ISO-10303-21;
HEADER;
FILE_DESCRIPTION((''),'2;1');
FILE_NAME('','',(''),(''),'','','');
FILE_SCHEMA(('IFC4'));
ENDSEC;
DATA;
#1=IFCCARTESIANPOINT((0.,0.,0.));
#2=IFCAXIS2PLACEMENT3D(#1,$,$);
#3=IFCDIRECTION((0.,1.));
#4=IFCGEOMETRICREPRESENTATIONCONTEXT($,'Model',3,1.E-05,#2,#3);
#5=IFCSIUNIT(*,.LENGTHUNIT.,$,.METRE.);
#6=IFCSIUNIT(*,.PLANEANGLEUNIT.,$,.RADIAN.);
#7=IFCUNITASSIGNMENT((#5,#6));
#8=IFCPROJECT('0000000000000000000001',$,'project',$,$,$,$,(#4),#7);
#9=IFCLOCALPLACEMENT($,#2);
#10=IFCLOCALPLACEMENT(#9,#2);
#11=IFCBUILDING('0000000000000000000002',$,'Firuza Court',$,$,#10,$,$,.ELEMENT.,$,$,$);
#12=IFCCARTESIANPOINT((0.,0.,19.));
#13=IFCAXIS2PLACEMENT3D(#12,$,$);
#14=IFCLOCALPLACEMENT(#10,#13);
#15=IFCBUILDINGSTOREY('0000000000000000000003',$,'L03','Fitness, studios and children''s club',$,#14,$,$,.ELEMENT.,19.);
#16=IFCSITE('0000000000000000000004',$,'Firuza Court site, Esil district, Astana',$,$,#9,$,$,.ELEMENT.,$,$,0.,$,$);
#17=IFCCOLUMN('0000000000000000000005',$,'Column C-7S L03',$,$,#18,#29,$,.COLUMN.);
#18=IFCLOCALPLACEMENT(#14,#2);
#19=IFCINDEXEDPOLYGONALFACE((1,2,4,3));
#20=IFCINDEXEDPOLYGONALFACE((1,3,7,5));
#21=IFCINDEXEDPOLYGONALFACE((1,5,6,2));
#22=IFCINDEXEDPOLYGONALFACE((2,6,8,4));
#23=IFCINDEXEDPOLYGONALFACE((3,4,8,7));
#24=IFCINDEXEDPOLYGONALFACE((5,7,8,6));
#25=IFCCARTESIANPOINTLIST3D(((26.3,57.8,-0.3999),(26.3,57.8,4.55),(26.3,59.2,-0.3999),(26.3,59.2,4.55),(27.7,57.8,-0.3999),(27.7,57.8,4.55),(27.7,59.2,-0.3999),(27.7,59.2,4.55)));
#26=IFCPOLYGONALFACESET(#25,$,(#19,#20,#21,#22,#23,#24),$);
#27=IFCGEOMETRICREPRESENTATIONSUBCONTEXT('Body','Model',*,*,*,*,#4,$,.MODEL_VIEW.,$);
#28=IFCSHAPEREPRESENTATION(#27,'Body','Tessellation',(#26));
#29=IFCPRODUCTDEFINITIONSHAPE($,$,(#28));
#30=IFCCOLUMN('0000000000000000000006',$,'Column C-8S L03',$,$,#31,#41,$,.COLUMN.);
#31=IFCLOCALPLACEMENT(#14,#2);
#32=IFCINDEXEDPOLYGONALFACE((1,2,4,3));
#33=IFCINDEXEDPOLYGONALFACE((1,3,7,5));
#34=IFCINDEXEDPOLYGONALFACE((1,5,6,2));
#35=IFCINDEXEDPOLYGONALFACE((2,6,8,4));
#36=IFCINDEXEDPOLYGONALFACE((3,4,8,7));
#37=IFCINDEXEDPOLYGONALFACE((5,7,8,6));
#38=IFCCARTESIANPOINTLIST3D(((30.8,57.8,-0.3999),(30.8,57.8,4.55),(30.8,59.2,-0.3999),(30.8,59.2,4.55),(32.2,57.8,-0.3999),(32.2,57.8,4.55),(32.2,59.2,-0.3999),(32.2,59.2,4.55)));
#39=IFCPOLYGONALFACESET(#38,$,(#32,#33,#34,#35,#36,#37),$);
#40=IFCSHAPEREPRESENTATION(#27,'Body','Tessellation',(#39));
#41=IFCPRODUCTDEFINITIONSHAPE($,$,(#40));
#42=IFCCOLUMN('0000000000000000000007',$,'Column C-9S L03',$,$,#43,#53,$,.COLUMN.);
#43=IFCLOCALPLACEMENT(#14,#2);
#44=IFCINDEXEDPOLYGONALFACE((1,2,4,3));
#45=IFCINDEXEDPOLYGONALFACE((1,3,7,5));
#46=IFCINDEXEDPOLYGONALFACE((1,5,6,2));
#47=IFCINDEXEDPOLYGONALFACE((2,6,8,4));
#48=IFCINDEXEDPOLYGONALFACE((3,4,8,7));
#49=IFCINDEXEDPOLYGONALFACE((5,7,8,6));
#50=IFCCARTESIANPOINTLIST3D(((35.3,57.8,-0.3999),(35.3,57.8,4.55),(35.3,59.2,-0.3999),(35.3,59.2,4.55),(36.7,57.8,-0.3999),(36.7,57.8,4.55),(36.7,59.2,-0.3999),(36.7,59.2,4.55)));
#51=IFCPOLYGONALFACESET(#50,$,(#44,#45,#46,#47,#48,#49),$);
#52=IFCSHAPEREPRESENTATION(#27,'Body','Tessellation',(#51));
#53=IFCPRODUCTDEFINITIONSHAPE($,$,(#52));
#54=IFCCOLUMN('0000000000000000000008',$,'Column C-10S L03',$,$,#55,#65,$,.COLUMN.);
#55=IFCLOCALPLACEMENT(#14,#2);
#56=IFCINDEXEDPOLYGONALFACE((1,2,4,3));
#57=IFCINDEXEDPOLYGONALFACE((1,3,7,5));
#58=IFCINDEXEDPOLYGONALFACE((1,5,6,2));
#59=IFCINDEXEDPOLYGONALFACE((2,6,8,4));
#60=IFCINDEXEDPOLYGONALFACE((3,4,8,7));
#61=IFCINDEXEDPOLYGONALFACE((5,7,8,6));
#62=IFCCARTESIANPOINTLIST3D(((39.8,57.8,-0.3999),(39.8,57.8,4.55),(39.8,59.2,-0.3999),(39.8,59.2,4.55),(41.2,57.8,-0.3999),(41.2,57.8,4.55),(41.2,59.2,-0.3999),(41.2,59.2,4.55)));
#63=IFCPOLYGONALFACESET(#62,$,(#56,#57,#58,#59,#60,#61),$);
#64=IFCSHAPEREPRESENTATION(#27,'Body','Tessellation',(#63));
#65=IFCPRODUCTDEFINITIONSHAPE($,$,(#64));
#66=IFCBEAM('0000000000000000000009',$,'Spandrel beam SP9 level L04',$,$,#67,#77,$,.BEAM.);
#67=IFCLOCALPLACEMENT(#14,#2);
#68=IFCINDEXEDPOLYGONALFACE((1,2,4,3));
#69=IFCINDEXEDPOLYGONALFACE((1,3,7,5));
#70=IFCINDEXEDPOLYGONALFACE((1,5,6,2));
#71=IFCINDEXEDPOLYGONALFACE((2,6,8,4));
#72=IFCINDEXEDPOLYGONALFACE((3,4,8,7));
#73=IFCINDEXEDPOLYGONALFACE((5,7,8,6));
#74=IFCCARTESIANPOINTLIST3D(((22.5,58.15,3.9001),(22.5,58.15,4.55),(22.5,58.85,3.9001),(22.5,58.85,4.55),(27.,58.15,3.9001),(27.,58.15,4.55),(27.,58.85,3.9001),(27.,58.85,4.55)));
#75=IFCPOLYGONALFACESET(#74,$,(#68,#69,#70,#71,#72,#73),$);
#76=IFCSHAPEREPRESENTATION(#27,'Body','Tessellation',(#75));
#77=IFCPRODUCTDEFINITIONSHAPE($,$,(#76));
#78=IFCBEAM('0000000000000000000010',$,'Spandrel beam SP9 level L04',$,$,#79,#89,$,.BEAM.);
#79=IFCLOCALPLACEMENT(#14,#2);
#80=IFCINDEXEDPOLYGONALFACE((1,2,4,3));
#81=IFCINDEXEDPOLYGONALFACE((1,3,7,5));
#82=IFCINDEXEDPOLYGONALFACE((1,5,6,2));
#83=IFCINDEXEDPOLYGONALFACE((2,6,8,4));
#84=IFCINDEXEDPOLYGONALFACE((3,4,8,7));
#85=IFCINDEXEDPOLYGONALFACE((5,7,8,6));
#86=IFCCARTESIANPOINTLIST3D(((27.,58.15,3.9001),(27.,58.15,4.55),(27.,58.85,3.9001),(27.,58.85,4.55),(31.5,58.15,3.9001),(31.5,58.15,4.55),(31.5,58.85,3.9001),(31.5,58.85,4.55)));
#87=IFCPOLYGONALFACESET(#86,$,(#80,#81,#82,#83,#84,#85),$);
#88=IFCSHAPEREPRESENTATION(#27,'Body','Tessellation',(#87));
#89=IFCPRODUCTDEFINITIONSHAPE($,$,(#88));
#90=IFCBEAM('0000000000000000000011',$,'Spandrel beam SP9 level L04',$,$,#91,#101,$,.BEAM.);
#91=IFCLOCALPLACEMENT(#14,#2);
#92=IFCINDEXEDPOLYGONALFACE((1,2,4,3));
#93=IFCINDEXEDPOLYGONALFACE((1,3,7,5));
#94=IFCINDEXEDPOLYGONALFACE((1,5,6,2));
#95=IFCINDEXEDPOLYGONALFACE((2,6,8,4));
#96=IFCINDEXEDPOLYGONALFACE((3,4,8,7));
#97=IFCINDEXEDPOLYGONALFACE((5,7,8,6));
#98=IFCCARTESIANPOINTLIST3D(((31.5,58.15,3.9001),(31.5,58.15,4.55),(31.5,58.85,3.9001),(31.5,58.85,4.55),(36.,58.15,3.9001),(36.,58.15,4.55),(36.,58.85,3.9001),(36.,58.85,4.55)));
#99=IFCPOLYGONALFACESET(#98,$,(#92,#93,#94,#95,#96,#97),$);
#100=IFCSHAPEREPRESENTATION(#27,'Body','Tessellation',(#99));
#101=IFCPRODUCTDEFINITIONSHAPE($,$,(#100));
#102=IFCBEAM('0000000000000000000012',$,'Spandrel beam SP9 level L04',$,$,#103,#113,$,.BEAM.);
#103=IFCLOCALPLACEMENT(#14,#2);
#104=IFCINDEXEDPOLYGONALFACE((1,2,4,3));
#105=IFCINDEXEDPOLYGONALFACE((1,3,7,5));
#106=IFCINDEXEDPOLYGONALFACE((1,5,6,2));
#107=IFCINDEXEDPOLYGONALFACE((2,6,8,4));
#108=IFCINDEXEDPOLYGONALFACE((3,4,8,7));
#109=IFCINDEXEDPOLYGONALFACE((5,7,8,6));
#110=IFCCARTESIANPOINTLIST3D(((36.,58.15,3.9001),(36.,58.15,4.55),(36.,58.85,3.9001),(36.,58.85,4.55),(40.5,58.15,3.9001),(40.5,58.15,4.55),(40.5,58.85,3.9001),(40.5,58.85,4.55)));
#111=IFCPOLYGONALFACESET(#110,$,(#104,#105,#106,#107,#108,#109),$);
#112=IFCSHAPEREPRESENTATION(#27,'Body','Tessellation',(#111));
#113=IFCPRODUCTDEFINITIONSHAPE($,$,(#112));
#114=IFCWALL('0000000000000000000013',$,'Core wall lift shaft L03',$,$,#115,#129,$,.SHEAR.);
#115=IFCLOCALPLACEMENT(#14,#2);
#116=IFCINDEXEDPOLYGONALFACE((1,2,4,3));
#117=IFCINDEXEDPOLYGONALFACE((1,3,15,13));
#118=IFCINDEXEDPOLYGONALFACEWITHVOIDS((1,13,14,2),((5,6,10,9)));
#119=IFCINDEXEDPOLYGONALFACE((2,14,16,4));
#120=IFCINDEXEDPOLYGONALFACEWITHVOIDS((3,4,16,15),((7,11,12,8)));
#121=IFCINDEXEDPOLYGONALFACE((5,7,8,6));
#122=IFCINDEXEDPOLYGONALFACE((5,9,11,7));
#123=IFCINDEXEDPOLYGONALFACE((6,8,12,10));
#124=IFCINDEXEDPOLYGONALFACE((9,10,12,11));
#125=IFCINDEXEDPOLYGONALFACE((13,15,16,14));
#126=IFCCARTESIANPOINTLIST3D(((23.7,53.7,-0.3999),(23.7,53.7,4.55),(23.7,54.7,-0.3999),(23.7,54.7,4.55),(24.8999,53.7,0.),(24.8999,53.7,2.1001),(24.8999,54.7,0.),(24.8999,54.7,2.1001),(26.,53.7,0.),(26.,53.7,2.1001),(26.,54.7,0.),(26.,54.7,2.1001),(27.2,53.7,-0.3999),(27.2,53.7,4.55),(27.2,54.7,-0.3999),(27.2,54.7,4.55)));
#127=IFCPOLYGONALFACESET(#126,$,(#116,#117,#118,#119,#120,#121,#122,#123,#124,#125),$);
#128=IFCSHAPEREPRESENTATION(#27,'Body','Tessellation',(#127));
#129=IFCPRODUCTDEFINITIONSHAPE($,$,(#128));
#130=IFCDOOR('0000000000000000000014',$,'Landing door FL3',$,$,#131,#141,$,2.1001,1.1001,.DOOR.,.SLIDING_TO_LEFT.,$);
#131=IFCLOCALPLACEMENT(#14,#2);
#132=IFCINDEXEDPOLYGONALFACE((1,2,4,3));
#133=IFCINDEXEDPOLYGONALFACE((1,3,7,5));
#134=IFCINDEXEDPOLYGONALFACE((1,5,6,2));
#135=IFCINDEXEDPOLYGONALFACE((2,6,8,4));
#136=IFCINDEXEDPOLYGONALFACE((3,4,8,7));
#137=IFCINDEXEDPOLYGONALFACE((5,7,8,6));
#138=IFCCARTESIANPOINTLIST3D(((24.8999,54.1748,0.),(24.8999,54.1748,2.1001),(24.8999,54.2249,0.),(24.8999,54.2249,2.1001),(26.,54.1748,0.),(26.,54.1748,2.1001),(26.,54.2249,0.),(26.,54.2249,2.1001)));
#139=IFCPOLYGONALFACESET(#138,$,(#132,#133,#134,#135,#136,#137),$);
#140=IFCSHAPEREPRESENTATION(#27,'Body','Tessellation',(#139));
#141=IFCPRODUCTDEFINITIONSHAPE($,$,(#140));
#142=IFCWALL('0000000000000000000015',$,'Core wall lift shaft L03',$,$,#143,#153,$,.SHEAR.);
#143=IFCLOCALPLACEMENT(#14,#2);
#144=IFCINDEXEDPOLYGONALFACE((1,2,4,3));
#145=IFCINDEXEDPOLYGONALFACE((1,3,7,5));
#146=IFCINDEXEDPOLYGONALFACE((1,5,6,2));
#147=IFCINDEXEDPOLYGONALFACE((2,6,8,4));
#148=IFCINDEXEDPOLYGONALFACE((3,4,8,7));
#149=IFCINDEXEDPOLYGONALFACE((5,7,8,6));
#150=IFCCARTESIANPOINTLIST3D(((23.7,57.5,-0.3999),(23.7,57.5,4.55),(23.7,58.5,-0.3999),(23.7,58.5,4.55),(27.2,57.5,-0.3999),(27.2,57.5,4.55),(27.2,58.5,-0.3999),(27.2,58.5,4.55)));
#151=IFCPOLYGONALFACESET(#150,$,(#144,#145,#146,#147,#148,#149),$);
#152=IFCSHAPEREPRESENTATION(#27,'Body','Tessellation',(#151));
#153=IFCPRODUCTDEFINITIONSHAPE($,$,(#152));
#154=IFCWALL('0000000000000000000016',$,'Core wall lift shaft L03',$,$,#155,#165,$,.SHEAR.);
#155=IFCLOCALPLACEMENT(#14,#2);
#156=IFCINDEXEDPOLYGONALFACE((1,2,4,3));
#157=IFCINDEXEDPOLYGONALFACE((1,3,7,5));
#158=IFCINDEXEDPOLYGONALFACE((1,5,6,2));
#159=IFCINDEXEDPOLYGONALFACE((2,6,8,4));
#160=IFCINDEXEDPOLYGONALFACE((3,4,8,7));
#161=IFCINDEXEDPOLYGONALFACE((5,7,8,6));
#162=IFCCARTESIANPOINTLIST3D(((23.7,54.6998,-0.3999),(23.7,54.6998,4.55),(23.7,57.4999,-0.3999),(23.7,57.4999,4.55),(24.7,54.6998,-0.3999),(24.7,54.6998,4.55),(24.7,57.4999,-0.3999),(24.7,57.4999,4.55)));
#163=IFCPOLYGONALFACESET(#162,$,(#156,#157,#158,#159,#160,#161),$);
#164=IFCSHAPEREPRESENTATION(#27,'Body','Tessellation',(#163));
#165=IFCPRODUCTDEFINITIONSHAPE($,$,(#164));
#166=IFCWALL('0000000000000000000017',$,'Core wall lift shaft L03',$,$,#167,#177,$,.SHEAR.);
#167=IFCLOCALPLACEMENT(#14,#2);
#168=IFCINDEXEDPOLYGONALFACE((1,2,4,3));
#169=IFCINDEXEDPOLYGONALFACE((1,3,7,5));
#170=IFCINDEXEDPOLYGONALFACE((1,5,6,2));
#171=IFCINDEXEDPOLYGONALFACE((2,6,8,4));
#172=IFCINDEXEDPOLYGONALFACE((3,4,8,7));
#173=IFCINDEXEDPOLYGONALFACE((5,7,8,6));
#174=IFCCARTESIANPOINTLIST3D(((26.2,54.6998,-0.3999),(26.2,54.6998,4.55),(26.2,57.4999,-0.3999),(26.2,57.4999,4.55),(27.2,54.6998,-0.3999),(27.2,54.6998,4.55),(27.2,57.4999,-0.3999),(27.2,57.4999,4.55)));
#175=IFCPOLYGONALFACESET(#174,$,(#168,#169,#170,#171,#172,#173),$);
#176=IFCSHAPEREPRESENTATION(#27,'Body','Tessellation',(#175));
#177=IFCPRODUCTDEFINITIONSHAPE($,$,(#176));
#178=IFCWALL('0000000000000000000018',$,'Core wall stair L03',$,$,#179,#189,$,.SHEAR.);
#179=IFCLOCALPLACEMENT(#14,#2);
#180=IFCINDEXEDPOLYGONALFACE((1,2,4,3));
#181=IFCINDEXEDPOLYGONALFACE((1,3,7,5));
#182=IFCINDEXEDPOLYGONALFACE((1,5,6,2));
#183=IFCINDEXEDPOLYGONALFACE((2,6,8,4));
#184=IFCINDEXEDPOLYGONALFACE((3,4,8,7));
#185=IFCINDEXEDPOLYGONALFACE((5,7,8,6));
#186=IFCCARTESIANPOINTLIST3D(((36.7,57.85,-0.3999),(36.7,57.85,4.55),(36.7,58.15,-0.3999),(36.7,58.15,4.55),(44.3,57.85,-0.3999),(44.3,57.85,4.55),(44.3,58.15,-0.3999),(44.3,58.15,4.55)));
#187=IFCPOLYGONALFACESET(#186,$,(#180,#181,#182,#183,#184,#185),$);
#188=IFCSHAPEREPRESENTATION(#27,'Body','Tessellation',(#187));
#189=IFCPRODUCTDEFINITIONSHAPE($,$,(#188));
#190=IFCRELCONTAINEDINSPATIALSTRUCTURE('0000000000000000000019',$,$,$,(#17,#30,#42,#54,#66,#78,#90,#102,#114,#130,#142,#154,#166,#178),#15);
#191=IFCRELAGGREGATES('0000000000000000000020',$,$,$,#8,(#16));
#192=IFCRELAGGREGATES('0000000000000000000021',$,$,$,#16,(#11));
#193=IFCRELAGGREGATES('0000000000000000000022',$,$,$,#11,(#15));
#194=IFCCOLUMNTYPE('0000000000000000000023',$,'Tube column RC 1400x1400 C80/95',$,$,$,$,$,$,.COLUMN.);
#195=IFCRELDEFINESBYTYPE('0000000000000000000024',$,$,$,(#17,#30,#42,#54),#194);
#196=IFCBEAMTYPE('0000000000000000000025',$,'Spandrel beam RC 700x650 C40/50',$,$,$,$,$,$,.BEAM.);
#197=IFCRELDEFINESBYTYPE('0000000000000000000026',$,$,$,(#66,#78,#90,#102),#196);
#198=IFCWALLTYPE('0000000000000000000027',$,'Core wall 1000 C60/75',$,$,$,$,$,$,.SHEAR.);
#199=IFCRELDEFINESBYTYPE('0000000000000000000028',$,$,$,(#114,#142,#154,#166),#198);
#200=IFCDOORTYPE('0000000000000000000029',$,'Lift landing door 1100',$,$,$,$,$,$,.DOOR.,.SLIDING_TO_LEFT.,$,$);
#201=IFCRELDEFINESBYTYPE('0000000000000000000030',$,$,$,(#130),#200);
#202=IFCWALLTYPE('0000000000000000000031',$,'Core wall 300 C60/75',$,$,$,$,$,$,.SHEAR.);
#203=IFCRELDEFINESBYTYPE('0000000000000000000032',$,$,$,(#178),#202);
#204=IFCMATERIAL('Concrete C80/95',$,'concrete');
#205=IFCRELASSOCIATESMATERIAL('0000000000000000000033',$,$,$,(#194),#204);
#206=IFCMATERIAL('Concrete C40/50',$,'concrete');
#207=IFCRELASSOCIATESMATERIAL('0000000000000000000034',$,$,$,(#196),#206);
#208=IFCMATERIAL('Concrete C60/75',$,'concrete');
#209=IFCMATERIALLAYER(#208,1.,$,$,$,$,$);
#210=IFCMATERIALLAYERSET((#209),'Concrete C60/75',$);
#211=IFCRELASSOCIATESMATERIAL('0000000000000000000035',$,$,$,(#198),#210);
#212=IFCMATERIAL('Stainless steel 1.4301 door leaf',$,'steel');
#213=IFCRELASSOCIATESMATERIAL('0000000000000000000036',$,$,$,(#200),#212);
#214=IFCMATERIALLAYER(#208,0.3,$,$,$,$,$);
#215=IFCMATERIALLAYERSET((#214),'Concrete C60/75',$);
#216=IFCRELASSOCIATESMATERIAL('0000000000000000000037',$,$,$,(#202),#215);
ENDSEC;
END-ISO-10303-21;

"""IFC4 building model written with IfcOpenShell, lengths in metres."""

from ifc_helpers import new_model, si_unit, direction, frame, frame_2d, origin, origin_2d, place, context, subcontext, project, spatial, rectangle, extrude, material, layer, layer_set, material_profile, profile_set, type_object, element, fill, save


model = new_model("IFC4")

# Units and contexts
model_context = context("Model", 3, precision=1e-05, world=origin(), true_north=direction((0.0, 1.0)))
body_context = subcontext(model_context, "Body", "Model", "MODEL_VIEW")
ifc_project = project(units=[si_unit("LENGTHUNIT", "METRE"), si_unit("PLANEANGLEUNIT", "RADIAN")], contexts=[model_context])

# Site, building, storey
site_placement = place(None, origin())
site = spatial("IfcSite", under=ifc_project, at=site_placement, Name="Firuza Court site, Esil district, Astana", CompositionType="ELEMENT", RefElevation=0.0)
building_placement = place(site_placement, origin())
building = spatial("IfcBuilding", under=site, at=building_placement, Name="Firuza Court", CompositionType="ELEMENT")
storey_placement = place(building_placement, frame((0.0, 0.0, 19.0)))
storey = spatial("IfcBuildingStorey", under=building, at=storey_placement, Name="L03", Description="Fitness, studios and children's club", CompositionType="ELEMENT", Elevation=19.0)

# Columns
ifc_material_1 = material(Name="Concrete C80/95", Category="concrete")
ifc_material_profile_1 = material_profile(ifc_material_1, rectangle(XDim=1.3999, YDim=1.3999, at=origin_2d()), Name="RC 1400x1400")
ifc_profile_set_1 = profile_set([ifc_material_profile_1], Name="Concrete C80/95")
column_type = type_object("IfcColumnType", Name="Tube column RC 1400x1400 C80/95", PredefinedType="COLUMN", material=ifc_profile_set_1)
for number, where, z_axis, x_axis, name in (
    (1, (27.0, 58.5, -0.3999), (0.0, 0.0, 1.0), (1.0, 0.0, 0.0), "Column C-7S L03"),
    (2, (31.5, 58.5, -0.3999), (0.0, 0.0, 1.0), (1.0, 0.0, 0.0), "Column C-8S L03"),
    (3, (36.0, 58.5, -0.3999), (0.0, 0.0, 1.0), (1.0, 0.0, 0.0), "Column C-9S L03"),
    (4, (40.5, 58.5, -0.3999), (0.0, 0.0, 1.0), (1.0, 0.0, 0.0), "Column C-10S L03"),
):
    element("IfcColumn", number, at=place(storey_placement, frame(where, z_axis=z_axis, x_axis=x_axis)), inside=storey, type_object=column_type, Name=name, PredefinedType="COLUMN", context=body_context, shape_type="SweptSolid", body=[
        extrude(rectangle(XDim=1.3999, YDim=1.3999, at=origin_2d()), origin(), (0.0, 0.0, 1.0), 4.95),
    ])

# Beams
ifc_material_2 = material(Name="Concrete C40/50", Category="concrete")
ifc_material_profile_2 = material_profile(ifc_material_2, rectangle(XDim=0.7, YDim=0.6499, at=origin_2d()), Name="RC 700x650")
ifc_profile_set_2 = profile_set([ifc_material_profile_2], Name="Concrete C40/50")
beam_type = type_object("IfcBeamType", Name="Spandrel beam RC 700x650 C40/50", PredefinedType="BEAM", material=ifc_profile_set_2)
for number, where, z_axis, x_axis, name in (
    (5, (27.0, 58.5, 4.2251), (-1.0, 0.0, 0.0), (0.0, -1.0, 0.0), "Spandrel beam SP9 level L04"),
    (6, (31.5, 58.5, 4.2251), (-1.0, 0.0, 0.0), (0.0, -1.0, 0.0), "Spandrel beam SP9 level L04"),
    (7, (36.0, 58.5, 4.2251), (-1.0, 0.0, 0.0), (0.0, -1.0, 0.0), "Spandrel beam SP9 level L04"),
    (8, (40.5, 58.5, 4.2251), (-1.0, 0.0, 0.0), (0.0, -1.0, 0.0), "Spandrel beam SP9 level L04"),
):
    element("IfcBeam", number, at=place(storey_placement, frame(where, z_axis=z_axis, x_axis=x_axis)), inside=storey, type_object=beam_type, Name=name, PredefinedType="BEAM", context=body_context, shape_type="SweptSolid", body=[
        extrude(rectangle(XDim=0.7, YDim=0.6499, at=origin_2d()), origin(), (0.0, 0.0, 1.0), 4.5),
    ])

# Wall, opening, door
ifc_material_3 = material(Name="Concrete C60/75", Category="concrete")
ifc_layer_1 = layer(ifc_material_3, 1.0)
ifc_layer_set_1 = layer_set([ifc_layer_1], Name="Concrete C60/75")
wall_type_1 = type_object("IfcWallType", Name="Core wall 1000 C60/75", PredefinedType="SHEAR", material=ifc_layer_set_1)
wall_1_placement = place(storey_placement, frame((23.7, 54.2, -0.3999), z_axis=(0.0, 0.0, 1.0), x_axis=(1.0, 0.0, 0.0)))
wall_1 = element("IfcWall", 9, at=wall_1_placement, inside=storey, type_object=wall_type_1, Name="Core wall lift shaft L03", PredefinedType="SHEAR", context=body_context, shape_type="SweptSolid", body=[
    extrude(rectangle(XDim=3.5, YDim=1.0, at=frame_2d((1.75, 0.0))), origin(), (0.0, 0.0, 1.0), 4.95),
])
opening_1_placement = place(wall_1_placement, frame((1.2, 0.0, 0.3999)))
opening_1 = element("IfcOpeningElement", 10, at=opening_1_placement, cuts=wall_1, PredefinedType="OPENING", context=body_context, shape_type="SweptSolid", body=[
    extrude(rectangle(XDim=1.1001, YDim=2.1001, at=frame_2d((0.55, 1.05))), frame((0.0, 0.512, 0.0), z_axis=(0.0, -1.0, 0.0), x_axis=(1.0, 0.0, 0.0)), (0.0, 0.0, 1.0), 1.0239),
])
ifc_material_4 = material(Name="Stainless steel 1.4301 door leaf", Category="steel")
door_type_1 = type_object("IfcDoorType", Name="Lift landing door 1100", OperationType="SLIDING_TO_LEFT", PredefinedType="DOOR", material=ifc_material_4)
door_1_placement = place(opening_1_placement, origin())
door_1 = element("IfcDoor", 11, at=door_1_placement, inside=storey, type_object=door_type_1, Name="Landing door FL3", OperationType="SLIDING_TO_LEFT", OverallHeight=2.1001, OverallWidth=1.1001, PredefinedType="DOOR", context=body_context, shape_type="SweptSolid", body=[
    extrude(rectangle(XDim=1.1001, YDim=2.1001, at=frame_2d((0.55, 1.05))), frame((0.0, 0.0249, 0.0), z_axis=(0.0, -1.0, 0.0), x_axis=(1.0, 0.0, 0.0)), (0.0, 0.0, 1.0), 0.05),
])
fill(opening_1, door_1)

# Walls
wall_2_placement = place(storey_placement, frame((23.7, 58.0, -0.3999), z_axis=(0.0, 0.0, 1.0), x_axis=(1.0, 0.0, 0.0)))
element("IfcWall", 12, at=wall_2_placement, inside=storey, type_object=wall_type_1, Name="Core wall lift shaft L03", PredefinedType="SHEAR", context=body_context, shape_type="SweptSolid", body=[
    extrude(rectangle(XDim=3.5, YDim=1.0, at=frame_2d((1.75, 0.0))), origin(), (0.0, 0.0, 1.0), 4.95),
])
for number, where, z_axis, x_axis, name in (
    (13, (24.2, 54.7, -0.3999), (0.0, 0.0, 1.0), (0.0, 1.0, 0.0), "Core wall lift shaft L03"),
    (14, (26.7, 54.7, -0.3999), (0.0, 0.0, 1.0), (0.0, 1.0, 0.0), "Core wall lift shaft L03"),
):
    element("IfcWall", number, at=place(storey_placement, frame(where, z_axis=z_axis, x_axis=x_axis)), inside=storey, type_object=wall_type_1, Name=name, PredefinedType="SHEAR", context=body_context, shape_type="SweptSolid", body=[
        extrude(rectangle(XDim=2.8, YDim=1.0, at=frame_2d((1.3999, 0.0))), origin(), (0.0, 0.0, 1.0), 4.95),
    ])
ifc_layer_2 = layer(ifc_material_3, 0.3)
ifc_layer_set_2 = layer_set([ifc_layer_2], Name="Concrete C60/75")
wall_type_2 = type_object("IfcWallType", Name="Core wall 300 C60/75", PredefinedType="SHEAR", material=ifc_layer_set_2)
wall_3_placement = place(storey_placement, frame((36.7, 58.0, -0.3999), z_axis=(0.0, 0.0, 1.0), x_axis=(1.0, 0.0, 0.0)))
element("IfcWall", 15, at=wall_3_placement, inside=storey, type_object=wall_type_2, Name="Core wall stair L03", PredefinedType="SHEAR", context=body_context, shape_type="SweptSolid", body=[
    extrude(rectangle(XDim=7.6001, YDim=0.3, at=frame_2d((3.8, 0.0))), origin(), (0.0, 0.0, 1.0), 4.95),
])

save(model, "model.ifc")
